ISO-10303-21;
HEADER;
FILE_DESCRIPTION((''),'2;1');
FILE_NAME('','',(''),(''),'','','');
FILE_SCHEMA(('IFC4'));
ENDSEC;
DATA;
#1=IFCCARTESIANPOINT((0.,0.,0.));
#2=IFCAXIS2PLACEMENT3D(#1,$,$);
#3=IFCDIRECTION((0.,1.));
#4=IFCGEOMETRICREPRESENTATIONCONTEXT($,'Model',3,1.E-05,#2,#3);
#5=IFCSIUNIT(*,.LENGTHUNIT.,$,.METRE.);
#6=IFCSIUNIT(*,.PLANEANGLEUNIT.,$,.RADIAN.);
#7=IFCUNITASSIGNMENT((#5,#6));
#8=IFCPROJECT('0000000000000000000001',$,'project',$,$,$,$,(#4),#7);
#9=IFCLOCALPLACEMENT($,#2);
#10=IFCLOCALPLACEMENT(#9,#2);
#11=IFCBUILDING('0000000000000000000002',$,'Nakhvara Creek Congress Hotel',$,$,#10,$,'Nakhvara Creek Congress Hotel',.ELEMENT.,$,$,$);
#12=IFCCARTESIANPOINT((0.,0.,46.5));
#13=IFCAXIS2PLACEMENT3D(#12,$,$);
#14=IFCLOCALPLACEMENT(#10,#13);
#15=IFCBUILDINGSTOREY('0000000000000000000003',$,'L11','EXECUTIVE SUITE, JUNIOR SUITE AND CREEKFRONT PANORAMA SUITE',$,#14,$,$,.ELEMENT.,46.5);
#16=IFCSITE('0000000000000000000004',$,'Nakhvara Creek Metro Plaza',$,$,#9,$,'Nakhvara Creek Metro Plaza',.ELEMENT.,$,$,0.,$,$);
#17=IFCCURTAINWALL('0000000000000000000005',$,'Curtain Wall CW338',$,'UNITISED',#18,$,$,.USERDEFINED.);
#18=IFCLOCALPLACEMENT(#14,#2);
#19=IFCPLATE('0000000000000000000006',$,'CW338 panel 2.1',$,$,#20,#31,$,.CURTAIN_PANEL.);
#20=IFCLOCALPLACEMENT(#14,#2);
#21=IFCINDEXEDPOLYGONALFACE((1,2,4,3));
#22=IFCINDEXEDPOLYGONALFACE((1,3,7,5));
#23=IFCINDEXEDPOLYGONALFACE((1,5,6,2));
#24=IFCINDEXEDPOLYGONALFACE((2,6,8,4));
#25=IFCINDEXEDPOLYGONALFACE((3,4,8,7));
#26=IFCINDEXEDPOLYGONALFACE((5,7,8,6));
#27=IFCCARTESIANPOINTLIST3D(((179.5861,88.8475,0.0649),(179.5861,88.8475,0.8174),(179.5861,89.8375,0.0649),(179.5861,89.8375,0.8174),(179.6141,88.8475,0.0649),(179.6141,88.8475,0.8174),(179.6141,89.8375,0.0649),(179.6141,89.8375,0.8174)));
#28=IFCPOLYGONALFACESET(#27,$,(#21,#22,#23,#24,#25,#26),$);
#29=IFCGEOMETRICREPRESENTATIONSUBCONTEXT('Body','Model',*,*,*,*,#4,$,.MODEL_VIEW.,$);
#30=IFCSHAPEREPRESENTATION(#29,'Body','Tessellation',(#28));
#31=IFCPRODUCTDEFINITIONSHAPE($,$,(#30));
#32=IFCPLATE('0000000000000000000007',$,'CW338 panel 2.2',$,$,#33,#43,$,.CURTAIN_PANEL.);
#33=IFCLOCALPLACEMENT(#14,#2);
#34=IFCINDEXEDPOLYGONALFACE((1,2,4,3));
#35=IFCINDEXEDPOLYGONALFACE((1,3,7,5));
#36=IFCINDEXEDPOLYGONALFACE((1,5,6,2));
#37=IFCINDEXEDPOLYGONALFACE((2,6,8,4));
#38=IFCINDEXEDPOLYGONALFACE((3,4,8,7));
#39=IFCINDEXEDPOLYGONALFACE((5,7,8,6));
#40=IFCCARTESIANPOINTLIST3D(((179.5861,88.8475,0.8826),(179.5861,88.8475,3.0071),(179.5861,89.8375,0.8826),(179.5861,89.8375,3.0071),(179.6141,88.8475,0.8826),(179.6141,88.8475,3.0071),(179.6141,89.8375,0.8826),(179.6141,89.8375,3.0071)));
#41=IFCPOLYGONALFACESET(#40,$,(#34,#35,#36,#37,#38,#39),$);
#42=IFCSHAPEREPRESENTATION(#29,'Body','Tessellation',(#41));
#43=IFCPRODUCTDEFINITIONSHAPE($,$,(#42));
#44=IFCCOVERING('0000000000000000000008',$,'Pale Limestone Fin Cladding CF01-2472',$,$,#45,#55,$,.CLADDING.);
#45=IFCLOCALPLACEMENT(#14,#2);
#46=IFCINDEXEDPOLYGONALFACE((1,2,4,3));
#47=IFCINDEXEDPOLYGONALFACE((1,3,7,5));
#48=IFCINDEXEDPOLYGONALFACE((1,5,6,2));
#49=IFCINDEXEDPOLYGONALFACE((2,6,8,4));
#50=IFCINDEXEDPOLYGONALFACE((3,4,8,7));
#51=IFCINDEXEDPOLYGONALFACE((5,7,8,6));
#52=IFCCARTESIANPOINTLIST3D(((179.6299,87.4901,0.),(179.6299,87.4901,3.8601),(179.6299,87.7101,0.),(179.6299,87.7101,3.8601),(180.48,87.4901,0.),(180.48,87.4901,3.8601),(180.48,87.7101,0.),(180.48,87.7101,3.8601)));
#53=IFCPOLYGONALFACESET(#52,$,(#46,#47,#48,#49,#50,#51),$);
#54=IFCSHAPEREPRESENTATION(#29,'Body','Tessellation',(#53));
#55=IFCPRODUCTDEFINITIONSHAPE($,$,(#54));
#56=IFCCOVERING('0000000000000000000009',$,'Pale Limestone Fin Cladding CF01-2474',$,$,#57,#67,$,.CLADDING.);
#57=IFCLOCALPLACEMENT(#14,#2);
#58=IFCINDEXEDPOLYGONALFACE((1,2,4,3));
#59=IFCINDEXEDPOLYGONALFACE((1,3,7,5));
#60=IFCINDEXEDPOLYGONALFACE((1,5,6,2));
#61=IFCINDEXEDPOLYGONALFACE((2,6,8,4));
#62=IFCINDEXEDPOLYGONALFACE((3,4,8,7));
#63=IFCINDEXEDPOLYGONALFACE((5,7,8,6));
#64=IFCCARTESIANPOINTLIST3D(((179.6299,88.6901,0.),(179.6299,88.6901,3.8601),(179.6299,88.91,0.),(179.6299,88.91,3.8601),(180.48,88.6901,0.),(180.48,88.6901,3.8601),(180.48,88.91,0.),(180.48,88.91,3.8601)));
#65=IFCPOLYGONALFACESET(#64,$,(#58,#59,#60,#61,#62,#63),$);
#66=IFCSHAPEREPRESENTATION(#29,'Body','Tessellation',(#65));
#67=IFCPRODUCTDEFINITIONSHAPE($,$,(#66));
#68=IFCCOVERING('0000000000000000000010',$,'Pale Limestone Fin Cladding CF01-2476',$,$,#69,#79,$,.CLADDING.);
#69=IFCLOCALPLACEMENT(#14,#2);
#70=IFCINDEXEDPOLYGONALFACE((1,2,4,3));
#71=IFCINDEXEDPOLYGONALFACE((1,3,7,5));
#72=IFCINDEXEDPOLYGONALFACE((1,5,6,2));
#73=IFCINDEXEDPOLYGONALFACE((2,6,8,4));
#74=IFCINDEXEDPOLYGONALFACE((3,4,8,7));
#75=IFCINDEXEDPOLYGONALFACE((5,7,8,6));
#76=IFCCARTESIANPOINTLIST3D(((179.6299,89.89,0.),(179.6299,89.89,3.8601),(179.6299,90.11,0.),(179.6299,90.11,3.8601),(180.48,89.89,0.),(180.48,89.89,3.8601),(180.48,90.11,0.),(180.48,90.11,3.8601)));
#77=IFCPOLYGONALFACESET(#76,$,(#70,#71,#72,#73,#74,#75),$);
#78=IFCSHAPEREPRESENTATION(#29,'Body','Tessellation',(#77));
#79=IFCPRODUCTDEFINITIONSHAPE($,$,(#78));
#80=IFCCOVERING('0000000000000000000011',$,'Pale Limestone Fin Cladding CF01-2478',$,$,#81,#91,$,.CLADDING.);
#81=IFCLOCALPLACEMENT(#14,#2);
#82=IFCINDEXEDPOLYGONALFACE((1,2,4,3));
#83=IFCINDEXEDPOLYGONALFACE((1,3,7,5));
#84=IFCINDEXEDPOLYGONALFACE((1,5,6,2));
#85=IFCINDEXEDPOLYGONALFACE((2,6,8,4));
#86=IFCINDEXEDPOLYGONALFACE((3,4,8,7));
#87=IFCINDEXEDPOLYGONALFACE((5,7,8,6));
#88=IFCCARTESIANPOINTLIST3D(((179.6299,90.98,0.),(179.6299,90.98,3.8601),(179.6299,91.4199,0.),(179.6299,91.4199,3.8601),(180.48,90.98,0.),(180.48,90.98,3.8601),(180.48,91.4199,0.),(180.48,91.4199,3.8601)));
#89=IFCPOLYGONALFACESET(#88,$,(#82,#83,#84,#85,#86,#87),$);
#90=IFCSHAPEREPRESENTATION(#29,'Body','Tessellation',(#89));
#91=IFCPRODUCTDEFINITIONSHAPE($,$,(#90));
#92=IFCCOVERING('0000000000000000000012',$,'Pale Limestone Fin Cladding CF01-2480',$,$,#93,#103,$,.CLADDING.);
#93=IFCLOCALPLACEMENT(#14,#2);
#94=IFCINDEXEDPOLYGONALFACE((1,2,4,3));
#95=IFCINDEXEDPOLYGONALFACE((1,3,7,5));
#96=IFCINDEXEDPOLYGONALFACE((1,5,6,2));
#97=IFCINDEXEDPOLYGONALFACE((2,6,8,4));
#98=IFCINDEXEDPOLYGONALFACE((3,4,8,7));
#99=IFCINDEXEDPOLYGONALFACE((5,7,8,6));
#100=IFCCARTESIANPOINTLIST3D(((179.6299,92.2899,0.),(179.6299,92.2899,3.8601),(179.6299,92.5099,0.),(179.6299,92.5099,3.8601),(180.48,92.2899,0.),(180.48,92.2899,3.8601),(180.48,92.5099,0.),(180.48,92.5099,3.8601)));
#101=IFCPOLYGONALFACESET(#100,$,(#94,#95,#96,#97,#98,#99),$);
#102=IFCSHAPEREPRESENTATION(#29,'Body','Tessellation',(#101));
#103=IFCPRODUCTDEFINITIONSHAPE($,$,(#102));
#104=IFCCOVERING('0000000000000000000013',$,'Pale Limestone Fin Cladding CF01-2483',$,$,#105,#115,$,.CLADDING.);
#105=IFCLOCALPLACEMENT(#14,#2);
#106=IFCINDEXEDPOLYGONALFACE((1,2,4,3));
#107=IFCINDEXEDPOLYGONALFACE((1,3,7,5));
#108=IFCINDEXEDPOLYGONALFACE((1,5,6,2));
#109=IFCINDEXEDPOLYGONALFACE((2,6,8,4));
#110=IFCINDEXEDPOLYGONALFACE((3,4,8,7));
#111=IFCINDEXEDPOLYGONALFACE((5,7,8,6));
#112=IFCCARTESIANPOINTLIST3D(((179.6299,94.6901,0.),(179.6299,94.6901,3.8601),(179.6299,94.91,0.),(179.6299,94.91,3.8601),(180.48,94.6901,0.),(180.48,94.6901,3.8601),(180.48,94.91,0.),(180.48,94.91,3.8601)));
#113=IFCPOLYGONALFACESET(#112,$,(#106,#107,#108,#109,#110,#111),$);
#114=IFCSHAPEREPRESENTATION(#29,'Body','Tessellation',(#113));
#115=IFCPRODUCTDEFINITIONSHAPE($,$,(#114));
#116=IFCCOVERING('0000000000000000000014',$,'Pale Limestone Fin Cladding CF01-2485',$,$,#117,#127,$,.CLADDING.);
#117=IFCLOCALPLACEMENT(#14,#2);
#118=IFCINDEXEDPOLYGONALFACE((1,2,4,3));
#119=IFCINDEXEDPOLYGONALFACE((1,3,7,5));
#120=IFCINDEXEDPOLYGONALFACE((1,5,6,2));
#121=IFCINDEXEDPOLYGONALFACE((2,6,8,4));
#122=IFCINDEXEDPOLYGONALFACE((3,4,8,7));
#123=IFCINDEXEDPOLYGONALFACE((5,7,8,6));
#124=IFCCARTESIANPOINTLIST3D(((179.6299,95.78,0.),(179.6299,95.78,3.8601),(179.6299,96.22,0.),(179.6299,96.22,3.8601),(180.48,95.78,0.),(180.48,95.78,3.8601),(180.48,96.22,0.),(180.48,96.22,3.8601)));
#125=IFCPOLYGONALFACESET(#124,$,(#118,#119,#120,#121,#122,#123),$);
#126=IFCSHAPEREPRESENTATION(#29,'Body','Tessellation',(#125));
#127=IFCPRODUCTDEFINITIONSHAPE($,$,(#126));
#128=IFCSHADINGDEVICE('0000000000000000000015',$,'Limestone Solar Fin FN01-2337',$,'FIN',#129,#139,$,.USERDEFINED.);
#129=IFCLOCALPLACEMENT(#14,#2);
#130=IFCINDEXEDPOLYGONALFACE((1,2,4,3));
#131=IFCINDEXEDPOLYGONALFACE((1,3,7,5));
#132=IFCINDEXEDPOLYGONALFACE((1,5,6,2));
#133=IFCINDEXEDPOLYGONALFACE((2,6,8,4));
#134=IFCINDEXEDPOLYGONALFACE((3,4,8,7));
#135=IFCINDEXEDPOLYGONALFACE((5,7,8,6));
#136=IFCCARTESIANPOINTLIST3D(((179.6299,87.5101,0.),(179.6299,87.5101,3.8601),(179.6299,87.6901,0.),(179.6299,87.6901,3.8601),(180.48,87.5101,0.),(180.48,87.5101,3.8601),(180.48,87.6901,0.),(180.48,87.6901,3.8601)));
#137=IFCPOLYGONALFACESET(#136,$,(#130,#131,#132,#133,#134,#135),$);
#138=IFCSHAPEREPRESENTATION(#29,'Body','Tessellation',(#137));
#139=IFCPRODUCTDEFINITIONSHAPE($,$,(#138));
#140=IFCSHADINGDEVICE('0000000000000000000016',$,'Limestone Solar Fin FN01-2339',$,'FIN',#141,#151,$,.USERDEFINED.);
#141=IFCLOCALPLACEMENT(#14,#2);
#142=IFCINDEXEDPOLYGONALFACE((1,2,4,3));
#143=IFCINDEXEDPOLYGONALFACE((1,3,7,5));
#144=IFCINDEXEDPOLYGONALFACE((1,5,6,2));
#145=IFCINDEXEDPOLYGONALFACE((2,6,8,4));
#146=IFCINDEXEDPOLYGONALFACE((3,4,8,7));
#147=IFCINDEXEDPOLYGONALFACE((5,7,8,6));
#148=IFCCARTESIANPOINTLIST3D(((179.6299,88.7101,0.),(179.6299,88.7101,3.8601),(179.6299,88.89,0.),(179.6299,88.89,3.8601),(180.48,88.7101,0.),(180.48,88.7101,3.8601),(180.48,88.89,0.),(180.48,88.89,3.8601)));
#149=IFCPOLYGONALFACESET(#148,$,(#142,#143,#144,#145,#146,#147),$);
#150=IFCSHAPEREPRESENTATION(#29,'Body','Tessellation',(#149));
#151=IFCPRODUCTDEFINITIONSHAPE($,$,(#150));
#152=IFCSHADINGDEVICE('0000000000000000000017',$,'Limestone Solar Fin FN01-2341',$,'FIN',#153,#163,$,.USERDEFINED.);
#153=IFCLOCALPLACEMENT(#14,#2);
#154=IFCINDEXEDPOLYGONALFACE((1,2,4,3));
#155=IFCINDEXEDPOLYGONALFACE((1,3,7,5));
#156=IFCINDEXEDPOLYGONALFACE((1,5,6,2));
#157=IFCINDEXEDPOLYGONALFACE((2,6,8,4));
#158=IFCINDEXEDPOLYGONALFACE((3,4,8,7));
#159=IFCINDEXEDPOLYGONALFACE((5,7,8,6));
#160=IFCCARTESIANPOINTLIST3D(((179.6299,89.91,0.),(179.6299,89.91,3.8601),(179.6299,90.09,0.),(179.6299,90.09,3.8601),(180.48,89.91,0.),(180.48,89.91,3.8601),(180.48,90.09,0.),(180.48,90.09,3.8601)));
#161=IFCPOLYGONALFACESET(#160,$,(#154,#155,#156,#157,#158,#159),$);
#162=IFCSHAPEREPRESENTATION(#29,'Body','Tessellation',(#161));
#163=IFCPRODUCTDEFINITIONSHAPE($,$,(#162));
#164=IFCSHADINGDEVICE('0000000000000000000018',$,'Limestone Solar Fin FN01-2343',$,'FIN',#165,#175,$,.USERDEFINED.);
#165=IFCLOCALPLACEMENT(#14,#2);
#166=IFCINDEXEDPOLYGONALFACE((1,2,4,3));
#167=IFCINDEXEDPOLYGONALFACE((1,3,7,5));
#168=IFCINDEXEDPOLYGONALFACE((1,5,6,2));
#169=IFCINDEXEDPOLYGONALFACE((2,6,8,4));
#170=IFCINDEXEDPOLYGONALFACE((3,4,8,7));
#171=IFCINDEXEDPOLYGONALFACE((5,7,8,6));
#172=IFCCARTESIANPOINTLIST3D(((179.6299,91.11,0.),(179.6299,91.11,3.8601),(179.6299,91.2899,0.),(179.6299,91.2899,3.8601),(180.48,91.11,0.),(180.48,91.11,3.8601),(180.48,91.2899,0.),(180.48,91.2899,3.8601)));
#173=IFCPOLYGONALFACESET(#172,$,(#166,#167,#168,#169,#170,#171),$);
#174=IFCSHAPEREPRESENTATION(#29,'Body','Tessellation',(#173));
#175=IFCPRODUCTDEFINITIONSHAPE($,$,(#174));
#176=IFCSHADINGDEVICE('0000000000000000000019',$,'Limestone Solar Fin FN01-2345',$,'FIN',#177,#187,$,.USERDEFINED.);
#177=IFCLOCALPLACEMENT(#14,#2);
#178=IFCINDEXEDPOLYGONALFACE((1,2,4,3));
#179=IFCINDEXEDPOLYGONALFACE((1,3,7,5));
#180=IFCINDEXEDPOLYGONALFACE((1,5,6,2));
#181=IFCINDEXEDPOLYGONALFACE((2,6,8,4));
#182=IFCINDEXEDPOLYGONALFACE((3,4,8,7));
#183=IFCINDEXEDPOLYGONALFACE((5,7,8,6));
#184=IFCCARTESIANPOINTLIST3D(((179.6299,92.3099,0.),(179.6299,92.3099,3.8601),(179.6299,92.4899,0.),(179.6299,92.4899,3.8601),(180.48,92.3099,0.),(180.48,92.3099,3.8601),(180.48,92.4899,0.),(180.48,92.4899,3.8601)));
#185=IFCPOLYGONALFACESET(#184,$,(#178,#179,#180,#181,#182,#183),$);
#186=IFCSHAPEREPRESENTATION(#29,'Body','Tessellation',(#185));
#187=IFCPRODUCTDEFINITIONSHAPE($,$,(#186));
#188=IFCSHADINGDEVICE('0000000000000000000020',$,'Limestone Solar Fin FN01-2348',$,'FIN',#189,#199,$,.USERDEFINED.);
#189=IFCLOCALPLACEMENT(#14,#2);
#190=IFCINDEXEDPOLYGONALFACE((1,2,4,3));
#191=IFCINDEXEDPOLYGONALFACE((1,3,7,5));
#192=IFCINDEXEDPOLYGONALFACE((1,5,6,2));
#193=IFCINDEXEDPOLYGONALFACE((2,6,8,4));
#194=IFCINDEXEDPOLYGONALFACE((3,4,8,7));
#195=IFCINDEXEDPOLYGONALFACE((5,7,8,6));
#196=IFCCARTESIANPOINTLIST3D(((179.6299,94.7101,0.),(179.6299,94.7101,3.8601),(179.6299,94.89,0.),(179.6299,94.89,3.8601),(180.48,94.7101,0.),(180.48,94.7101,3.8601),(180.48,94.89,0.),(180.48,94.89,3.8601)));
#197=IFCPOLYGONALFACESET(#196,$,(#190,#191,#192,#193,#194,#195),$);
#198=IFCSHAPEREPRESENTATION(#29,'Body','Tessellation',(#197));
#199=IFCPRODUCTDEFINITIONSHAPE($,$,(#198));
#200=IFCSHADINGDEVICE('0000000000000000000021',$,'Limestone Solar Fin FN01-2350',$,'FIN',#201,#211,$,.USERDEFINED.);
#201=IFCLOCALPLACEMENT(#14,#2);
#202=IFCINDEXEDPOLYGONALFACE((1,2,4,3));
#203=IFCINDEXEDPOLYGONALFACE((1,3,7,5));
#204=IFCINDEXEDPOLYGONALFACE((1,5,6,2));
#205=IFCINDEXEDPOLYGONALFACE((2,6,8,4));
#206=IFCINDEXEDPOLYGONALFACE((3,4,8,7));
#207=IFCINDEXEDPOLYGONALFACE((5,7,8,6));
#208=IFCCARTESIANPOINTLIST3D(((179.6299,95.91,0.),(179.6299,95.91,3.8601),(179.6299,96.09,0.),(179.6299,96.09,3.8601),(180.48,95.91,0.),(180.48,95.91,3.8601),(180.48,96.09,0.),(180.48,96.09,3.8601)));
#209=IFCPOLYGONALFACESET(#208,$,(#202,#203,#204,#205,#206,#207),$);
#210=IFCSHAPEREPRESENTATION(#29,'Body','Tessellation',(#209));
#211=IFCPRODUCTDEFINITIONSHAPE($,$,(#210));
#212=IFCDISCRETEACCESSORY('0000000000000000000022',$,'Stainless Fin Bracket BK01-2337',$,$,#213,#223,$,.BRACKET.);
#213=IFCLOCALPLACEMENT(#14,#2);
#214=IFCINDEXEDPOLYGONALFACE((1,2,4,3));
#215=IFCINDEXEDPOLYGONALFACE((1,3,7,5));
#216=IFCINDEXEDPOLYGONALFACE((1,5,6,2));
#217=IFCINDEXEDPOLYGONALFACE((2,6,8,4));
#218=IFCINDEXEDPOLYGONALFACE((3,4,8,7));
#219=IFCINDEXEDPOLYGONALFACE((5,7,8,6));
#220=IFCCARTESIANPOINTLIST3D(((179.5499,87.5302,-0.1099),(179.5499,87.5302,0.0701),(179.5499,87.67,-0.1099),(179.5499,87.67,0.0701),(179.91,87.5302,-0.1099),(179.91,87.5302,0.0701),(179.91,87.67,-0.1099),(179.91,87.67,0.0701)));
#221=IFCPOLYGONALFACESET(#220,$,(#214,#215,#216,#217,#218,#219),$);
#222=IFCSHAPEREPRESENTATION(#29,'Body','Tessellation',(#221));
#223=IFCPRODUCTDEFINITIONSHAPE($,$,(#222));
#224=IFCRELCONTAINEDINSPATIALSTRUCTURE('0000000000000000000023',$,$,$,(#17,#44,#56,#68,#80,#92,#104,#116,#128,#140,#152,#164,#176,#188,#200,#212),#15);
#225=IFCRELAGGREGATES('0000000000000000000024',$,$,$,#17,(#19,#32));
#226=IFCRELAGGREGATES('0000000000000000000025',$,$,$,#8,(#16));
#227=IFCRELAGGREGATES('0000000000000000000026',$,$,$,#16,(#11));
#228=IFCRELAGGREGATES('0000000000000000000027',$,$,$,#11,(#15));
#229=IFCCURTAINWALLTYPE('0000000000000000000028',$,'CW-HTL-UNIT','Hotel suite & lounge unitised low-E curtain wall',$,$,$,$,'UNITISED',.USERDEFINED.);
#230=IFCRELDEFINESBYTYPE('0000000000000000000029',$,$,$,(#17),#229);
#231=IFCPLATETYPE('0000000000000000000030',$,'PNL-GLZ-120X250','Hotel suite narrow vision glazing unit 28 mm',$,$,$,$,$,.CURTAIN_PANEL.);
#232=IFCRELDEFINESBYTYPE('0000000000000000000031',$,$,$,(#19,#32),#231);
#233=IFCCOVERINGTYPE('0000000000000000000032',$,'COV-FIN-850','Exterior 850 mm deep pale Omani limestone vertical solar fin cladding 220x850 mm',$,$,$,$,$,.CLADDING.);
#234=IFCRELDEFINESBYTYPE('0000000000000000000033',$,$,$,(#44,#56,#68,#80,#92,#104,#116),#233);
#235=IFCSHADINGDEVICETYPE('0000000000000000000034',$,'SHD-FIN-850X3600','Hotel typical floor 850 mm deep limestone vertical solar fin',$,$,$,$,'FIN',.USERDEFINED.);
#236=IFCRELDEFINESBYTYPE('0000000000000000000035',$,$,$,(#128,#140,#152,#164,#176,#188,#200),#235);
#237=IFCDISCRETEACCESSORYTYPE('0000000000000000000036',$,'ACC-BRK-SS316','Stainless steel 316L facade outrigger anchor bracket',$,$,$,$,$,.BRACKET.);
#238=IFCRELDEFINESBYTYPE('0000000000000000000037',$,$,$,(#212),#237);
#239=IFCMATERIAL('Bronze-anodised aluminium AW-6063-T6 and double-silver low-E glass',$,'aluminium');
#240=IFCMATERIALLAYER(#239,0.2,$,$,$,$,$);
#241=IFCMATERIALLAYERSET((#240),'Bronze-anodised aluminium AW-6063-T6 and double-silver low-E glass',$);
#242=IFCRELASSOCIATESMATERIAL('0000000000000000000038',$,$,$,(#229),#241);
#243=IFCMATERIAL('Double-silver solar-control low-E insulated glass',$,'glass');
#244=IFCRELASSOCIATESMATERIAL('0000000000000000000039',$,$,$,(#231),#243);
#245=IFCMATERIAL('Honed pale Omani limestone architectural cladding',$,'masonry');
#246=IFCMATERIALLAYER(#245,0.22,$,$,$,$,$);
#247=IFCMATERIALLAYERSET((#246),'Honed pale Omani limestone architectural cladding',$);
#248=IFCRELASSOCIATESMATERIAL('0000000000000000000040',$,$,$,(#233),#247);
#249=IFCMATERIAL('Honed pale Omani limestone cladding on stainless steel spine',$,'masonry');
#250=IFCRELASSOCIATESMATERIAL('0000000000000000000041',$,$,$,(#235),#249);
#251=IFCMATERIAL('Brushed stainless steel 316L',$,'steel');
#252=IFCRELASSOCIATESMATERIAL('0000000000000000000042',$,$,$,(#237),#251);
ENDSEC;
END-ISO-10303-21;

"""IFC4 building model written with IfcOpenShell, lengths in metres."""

from ifc_helpers import new_model, si_unit, direction, frame, origin, origin_2d, place, context, subcontext, project, spatial, rectangle, extrude, material, layer, layer_set, type_object, element, aggregate, save


model = new_model("IFC4")

# Units and contexts
model_context = context("Model", 3, precision=1e-05, world=origin(), true_north=direction((0.0, 1.0)))
body_context = subcontext(model_context, "Body", "Model", "MODEL_VIEW")
ifc_project = project(units=[si_unit("LENGTHUNIT", "METRE"), si_unit("PLANEANGLEUNIT", "RADIAN")], contexts=[model_context])

# Site, building, storey
site_placement = place(None, origin())
site = spatial("IfcSite", under=ifc_project, at=site_placement, Name="Nakhvara Creek Metro Plaza", LongName="Nakhvara Creek Metro Plaza", CompositionType="ELEMENT", RefElevation=0.0)
building_placement = place(site_placement, origin())
building = spatial("IfcBuilding", under=site, at=building_placement, Name="Nakhvara Creek Congress Hotel", LongName="Nakhvara Creek Congress Hotel", CompositionType="ELEMENT")
storey_placement = place(building_placement, frame((0.0, 0.0, 46.5)))
storey = spatial("IfcBuildingStorey", under=building, at=storey_placement, Name="L11", Description="EXECUTIVE SUITE, JUNIOR SUITE AND CREEKFRONT PANORAMA SUITE", CompositionType="ELEMENT", Elevation=46.5)

# Curtain wall
ifc_material_1 = material(Name="Bronze-anodised aluminium AW-6063-T6 and double-silver low-E glass", Category="aluminium")
ifc_layer_1 = layer(ifc_material_1, 0.2)
ifc_layer_set_1 = layer_set([ifc_layer_1], Name="Bronze-anodised aluminium AW-6063-T6 and double-silver low-E glass")
curtain_wall_type = type_object("IfcCurtainWallType", Name="CW-HTL-UNIT", Description="Hotel suite & lounge unitised low-E curtain wall", ElementType="UNITISED", PredefinedType="USERDEFINED", material=ifc_layer_set_1)
curtain_wall_1_placement = place(storey_placement, origin())
curtain_wall_1 = element("IfcCurtainWall", 1, at=curtain_wall_1_placement, inside=storey, type_object=curtain_wall_type, Name="Curtain Wall CW338", ObjectType="UNITISED", PredefinedType="USERDEFINED")

# Plates
ifc_material_2 = material(Name="Double-silver solar-control low-E insulated glass", Category="glass")
plate_type = type_object("IfcPlateType", Name="PNL-GLZ-120X250", Description="Hotel suite narrow vision glazing unit 28 mm", PredefinedType="CURTAIN_PANEL", material=ifc_material_2)
plate_1_placement = place(storey_placement, frame((179.6001, 89.3425, 0.0649), z_axis=(0.0, 0.0, 1.0), x_axis=(0.0, -1.0, 0.0)))
plate_1 = element("IfcPlate", 2, at=plate_1_placement, type_object=plate_type, Name="CW338 panel 2.1", PredefinedType="CURTAIN_PANEL", context=body_context, shape_type="SweptSolid", body=[
    extrude(rectangle(XDim=0.99, YDim=0.0281, at=origin_2d()), origin(), (0.0, 0.0, 1.0), 0.7524),
])
plate_2_placement = place(storey_placement, frame((179.6001, 89.3425, 0.8826), z_axis=(0.0, 0.0, 1.0), x_axis=(0.0, -1.0, 0.0)))
plate_2 = element("IfcPlate", 3, at=plate_2_placement, type_object=plate_type, Name="CW338 panel 2.2", PredefinedType="CURTAIN_PANEL", context=body_context, shape_type="SweptSolid", body=[
    extrude(rectangle(XDim=0.99, YDim=0.0281, at=origin_2d()), origin(), (0.0, 0.0, 1.0), 2.1245),
])
aggregate(curtain_wall_1, [plate_1, plate_2])

# Coverings
ifc_material_3 = material(Name="Honed pale Omani limestone architectural cladding", Category="masonry")
ifc_layer_2 = layer(ifc_material_3, 0.22)
ifc_layer_set_2 = layer_set([ifc_layer_2], Name="Honed pale Omani limestone architectural cladding")
covering_type = type_object("IfcCoveringType", Name="COV-FIN-850", Description="Exterior 850 mm deep pale Omani limestone vertical solar fin cladding 220x850 mm", PredefinedType="CLADDING", material=ifc_layer_set_2)
for number, where, z_axis, x_axis, name in (
    (4, (180.0549, 87.6001, 0.0), (0.0, 0.0, 1.0), (0.0, 1.0, 0.0), "Pale Limestone Fin Cladding CF01-2472"),
    (5, (180.0549, 88.8, 0.0), (0.0, 0.0, 1.0), (0.0, 1.0, 0.0), "Pale Limestone Fin Cladding CF01-2474"),
    (6, (180.0549, 90.0, 0.0), (0.0, 0.0, 1.0), (0.0, 1.0, 0.0), "Pale Limestone Fin Cladding CF01-2476"),
):
    element("IfcCovering", number, at=place(storey_placement, frame(where, z_axis=z_axis, x_axis=x_axis)), inside=storey, type_object=covering_type, Name=name, PredefinedType="CLADDING", context=body_context, shape_type="SweptSolid", body=[
        extrude(rectangle(XDim=0.22, YDim=0.8501, at=origin_2d()), origin(), (0.0, 0.0, 1.0), 3.8601),
    ])
covering_1_placement = place(storey_placement, frame((180.0549, 91.2, 0.0), z_axis=(0.0, 0.0, 1.0), x_axis=(0.0, 1.0, 0.0)))
element("IfcCovering", 7, at=covering_1_placement, inside=storey, type_object=covering_type, Name="Pale Limestone Fin Cladding CF01-2478", PredefinedType="CLADDING", context=body_context, shape_type="SweptSolid", body=[
    extrude(rectangle(XDim=0.4399, YDim=0.8501, at=origin_2d()), origin(), (0.0, 0.0, 1.0), 3.8601),
])
for number, where, z_axis, x_axis, name in (
    (8, (180.0549, 92.3999, 0.0), (0.0, 0.0, 1.0), (0.0, 1.0, 0.0), "Pale Limestone Fin Cladding CF01-2480"),
    (9, (180.0549, 94.8, 0.0), (0.0, 0.0, 1.0), (0.0, 1.0, 0.0), "Pale Limestone Fin Cladding CF01-2483"),
):
    element("IfcCovering", number, at=place(storey_placement, frame(where, z_axis=z_axis, x_axis=x_axis)), inside=storey, type_object=covering_type, Name=name, PredefinedType="CLADDING", context=body_context, shape_type="SweptSolid", body=[
        extrude(rectangle(XDim=0.22, YDim=0.8501, at=origin_2d()), origin(), (0.0, 0.0, 1.0), 3.8601),
    ])
covering_2_placement = place(storey_placement, frame((180.0549, 96.0, 0.0), z_axis=(0.0, 0.0, 1.0), x_axis=(0.0, 1.0, 0.0)))
element("IfcCovering", 10, at=covering_2_placement, inside=storey, type_object=covering_type, Name="Pale Limestone Fin Cladding CF01-2485", PredefinedType="CLADDING", context=body_context, shape_type="SweptSolid", body=[
    extrude(rectangle(XDim=0.4399, YDim=0.8501, at=origin_2d()), origin(), (0.0, 0.0, 1.0), 3.8601),
])

# Shading devices
ifc_material_4 = material(Name="Honed pale Omani limestone cladding on stainless steel spine", Category="masonry")
shading_device_type = type_object("IfcShadingDeviceType", Name="SHD-FIN-850X3600", Description="Hotel typical floor 850 mm deep limestone vertical solar fin", ElementType="FIN", PredefinedType="USERDEFINED", material=ifc_material_4)
for number, where, z_axis, x_axis, name in (
    (11, (180.0549, 87.6001, 0.0), (0.0, 0.0, 1.0), (0.0, 1.0, 0.0), "Limestone Solar Fin FN01-2337"),
    (12, (180.0549, 88.8, 0.0), (0.0, 0.0, 1.0), (0.0, 1.0, 0.0), "Limestone Solar Fin FN01-2339"),
    (13, (180.0549, 90.0, 0.0), (0.0, 0.0, 1.0), (0.0, 1.0, 0.0), "Limestone Solar Fin FN01-2341"),
    (14, (180.0549, 91.2, 0.0), (0.0, 0.0, 1.0), (0.0, 1.0, 0.0), "Limestone Solar Fin FN01-2343"),
    (15, (180.0549, 92.3999, 0.0), (0.0, 0.0, 1.0), (0.0, 1.0, 0.0), "Limestone Solar Fin FN01-2345"),
    (16, (180.0549, 94.8, 0.0), (0.0, 0.0, 1.0), (0.0, 1.0, 0.0), "Limestone Solar Fin FN01-2348"),
    (17, (180.0549, 96.0, 0.0), (0.0, 0.0, 1.0), (0.0, 1.0, 0.0), "Limestone Solar Fin FN01-2350"),
):
    element("IfcShadingDevice", number, at=place(storey_placement, frame(where, z_axis=z_axis, x_axis=x_axis)), inside=storey, type_object=shading_device_type, Name=name, ObjectType="FIN", PredefinedType="USERDEFINED", context=body_context, shape_type="SweptSolid", body=[
        extrude(rectangle(XDim=0.1799, YDim=0.8501, at=origin_2d()), origin(), (0.0, 0.0, 1.0), 3.8601),
    ])

# Discrete accessory
ifc_material_5 = material(Name="Brushed stainless steel 316L", Category="steel")
discrete_accessory_type = type_object("IfcDiscreteAccessoryType", Name="ACC-BRK-SS316", Description="Stainless steel 316L facade outrigger anchor bracket", PredefinedType="BRACKET", material=ifc_material_5)
for number, where, z_axis, x_axis, name in (
    (18, (179.73, 87.6001, -0.1099), (0.0, 0.0, 1.0), (0.0, 1.0, 0.0), "Stainless Fin Bracket BK01-2337"),
):
    element("IfcDiscreteAccessory", number, at=place(storey_placement, frame(where, z_axis=z_axis, x_axis=x_axis)), inside=storey, type_object=discrete_accessory_type, Name=name, PredefinedType="BRACKET", context=body_context, shape_type="SweptSolid", body=[
        extrude(rectangle(XDim=0.1399, YDim=0.3601, at=origin_2d()), origin(), (0.0, 0.0, 1.0), 0.1799),
    ])

save(model, "model.ifc")
